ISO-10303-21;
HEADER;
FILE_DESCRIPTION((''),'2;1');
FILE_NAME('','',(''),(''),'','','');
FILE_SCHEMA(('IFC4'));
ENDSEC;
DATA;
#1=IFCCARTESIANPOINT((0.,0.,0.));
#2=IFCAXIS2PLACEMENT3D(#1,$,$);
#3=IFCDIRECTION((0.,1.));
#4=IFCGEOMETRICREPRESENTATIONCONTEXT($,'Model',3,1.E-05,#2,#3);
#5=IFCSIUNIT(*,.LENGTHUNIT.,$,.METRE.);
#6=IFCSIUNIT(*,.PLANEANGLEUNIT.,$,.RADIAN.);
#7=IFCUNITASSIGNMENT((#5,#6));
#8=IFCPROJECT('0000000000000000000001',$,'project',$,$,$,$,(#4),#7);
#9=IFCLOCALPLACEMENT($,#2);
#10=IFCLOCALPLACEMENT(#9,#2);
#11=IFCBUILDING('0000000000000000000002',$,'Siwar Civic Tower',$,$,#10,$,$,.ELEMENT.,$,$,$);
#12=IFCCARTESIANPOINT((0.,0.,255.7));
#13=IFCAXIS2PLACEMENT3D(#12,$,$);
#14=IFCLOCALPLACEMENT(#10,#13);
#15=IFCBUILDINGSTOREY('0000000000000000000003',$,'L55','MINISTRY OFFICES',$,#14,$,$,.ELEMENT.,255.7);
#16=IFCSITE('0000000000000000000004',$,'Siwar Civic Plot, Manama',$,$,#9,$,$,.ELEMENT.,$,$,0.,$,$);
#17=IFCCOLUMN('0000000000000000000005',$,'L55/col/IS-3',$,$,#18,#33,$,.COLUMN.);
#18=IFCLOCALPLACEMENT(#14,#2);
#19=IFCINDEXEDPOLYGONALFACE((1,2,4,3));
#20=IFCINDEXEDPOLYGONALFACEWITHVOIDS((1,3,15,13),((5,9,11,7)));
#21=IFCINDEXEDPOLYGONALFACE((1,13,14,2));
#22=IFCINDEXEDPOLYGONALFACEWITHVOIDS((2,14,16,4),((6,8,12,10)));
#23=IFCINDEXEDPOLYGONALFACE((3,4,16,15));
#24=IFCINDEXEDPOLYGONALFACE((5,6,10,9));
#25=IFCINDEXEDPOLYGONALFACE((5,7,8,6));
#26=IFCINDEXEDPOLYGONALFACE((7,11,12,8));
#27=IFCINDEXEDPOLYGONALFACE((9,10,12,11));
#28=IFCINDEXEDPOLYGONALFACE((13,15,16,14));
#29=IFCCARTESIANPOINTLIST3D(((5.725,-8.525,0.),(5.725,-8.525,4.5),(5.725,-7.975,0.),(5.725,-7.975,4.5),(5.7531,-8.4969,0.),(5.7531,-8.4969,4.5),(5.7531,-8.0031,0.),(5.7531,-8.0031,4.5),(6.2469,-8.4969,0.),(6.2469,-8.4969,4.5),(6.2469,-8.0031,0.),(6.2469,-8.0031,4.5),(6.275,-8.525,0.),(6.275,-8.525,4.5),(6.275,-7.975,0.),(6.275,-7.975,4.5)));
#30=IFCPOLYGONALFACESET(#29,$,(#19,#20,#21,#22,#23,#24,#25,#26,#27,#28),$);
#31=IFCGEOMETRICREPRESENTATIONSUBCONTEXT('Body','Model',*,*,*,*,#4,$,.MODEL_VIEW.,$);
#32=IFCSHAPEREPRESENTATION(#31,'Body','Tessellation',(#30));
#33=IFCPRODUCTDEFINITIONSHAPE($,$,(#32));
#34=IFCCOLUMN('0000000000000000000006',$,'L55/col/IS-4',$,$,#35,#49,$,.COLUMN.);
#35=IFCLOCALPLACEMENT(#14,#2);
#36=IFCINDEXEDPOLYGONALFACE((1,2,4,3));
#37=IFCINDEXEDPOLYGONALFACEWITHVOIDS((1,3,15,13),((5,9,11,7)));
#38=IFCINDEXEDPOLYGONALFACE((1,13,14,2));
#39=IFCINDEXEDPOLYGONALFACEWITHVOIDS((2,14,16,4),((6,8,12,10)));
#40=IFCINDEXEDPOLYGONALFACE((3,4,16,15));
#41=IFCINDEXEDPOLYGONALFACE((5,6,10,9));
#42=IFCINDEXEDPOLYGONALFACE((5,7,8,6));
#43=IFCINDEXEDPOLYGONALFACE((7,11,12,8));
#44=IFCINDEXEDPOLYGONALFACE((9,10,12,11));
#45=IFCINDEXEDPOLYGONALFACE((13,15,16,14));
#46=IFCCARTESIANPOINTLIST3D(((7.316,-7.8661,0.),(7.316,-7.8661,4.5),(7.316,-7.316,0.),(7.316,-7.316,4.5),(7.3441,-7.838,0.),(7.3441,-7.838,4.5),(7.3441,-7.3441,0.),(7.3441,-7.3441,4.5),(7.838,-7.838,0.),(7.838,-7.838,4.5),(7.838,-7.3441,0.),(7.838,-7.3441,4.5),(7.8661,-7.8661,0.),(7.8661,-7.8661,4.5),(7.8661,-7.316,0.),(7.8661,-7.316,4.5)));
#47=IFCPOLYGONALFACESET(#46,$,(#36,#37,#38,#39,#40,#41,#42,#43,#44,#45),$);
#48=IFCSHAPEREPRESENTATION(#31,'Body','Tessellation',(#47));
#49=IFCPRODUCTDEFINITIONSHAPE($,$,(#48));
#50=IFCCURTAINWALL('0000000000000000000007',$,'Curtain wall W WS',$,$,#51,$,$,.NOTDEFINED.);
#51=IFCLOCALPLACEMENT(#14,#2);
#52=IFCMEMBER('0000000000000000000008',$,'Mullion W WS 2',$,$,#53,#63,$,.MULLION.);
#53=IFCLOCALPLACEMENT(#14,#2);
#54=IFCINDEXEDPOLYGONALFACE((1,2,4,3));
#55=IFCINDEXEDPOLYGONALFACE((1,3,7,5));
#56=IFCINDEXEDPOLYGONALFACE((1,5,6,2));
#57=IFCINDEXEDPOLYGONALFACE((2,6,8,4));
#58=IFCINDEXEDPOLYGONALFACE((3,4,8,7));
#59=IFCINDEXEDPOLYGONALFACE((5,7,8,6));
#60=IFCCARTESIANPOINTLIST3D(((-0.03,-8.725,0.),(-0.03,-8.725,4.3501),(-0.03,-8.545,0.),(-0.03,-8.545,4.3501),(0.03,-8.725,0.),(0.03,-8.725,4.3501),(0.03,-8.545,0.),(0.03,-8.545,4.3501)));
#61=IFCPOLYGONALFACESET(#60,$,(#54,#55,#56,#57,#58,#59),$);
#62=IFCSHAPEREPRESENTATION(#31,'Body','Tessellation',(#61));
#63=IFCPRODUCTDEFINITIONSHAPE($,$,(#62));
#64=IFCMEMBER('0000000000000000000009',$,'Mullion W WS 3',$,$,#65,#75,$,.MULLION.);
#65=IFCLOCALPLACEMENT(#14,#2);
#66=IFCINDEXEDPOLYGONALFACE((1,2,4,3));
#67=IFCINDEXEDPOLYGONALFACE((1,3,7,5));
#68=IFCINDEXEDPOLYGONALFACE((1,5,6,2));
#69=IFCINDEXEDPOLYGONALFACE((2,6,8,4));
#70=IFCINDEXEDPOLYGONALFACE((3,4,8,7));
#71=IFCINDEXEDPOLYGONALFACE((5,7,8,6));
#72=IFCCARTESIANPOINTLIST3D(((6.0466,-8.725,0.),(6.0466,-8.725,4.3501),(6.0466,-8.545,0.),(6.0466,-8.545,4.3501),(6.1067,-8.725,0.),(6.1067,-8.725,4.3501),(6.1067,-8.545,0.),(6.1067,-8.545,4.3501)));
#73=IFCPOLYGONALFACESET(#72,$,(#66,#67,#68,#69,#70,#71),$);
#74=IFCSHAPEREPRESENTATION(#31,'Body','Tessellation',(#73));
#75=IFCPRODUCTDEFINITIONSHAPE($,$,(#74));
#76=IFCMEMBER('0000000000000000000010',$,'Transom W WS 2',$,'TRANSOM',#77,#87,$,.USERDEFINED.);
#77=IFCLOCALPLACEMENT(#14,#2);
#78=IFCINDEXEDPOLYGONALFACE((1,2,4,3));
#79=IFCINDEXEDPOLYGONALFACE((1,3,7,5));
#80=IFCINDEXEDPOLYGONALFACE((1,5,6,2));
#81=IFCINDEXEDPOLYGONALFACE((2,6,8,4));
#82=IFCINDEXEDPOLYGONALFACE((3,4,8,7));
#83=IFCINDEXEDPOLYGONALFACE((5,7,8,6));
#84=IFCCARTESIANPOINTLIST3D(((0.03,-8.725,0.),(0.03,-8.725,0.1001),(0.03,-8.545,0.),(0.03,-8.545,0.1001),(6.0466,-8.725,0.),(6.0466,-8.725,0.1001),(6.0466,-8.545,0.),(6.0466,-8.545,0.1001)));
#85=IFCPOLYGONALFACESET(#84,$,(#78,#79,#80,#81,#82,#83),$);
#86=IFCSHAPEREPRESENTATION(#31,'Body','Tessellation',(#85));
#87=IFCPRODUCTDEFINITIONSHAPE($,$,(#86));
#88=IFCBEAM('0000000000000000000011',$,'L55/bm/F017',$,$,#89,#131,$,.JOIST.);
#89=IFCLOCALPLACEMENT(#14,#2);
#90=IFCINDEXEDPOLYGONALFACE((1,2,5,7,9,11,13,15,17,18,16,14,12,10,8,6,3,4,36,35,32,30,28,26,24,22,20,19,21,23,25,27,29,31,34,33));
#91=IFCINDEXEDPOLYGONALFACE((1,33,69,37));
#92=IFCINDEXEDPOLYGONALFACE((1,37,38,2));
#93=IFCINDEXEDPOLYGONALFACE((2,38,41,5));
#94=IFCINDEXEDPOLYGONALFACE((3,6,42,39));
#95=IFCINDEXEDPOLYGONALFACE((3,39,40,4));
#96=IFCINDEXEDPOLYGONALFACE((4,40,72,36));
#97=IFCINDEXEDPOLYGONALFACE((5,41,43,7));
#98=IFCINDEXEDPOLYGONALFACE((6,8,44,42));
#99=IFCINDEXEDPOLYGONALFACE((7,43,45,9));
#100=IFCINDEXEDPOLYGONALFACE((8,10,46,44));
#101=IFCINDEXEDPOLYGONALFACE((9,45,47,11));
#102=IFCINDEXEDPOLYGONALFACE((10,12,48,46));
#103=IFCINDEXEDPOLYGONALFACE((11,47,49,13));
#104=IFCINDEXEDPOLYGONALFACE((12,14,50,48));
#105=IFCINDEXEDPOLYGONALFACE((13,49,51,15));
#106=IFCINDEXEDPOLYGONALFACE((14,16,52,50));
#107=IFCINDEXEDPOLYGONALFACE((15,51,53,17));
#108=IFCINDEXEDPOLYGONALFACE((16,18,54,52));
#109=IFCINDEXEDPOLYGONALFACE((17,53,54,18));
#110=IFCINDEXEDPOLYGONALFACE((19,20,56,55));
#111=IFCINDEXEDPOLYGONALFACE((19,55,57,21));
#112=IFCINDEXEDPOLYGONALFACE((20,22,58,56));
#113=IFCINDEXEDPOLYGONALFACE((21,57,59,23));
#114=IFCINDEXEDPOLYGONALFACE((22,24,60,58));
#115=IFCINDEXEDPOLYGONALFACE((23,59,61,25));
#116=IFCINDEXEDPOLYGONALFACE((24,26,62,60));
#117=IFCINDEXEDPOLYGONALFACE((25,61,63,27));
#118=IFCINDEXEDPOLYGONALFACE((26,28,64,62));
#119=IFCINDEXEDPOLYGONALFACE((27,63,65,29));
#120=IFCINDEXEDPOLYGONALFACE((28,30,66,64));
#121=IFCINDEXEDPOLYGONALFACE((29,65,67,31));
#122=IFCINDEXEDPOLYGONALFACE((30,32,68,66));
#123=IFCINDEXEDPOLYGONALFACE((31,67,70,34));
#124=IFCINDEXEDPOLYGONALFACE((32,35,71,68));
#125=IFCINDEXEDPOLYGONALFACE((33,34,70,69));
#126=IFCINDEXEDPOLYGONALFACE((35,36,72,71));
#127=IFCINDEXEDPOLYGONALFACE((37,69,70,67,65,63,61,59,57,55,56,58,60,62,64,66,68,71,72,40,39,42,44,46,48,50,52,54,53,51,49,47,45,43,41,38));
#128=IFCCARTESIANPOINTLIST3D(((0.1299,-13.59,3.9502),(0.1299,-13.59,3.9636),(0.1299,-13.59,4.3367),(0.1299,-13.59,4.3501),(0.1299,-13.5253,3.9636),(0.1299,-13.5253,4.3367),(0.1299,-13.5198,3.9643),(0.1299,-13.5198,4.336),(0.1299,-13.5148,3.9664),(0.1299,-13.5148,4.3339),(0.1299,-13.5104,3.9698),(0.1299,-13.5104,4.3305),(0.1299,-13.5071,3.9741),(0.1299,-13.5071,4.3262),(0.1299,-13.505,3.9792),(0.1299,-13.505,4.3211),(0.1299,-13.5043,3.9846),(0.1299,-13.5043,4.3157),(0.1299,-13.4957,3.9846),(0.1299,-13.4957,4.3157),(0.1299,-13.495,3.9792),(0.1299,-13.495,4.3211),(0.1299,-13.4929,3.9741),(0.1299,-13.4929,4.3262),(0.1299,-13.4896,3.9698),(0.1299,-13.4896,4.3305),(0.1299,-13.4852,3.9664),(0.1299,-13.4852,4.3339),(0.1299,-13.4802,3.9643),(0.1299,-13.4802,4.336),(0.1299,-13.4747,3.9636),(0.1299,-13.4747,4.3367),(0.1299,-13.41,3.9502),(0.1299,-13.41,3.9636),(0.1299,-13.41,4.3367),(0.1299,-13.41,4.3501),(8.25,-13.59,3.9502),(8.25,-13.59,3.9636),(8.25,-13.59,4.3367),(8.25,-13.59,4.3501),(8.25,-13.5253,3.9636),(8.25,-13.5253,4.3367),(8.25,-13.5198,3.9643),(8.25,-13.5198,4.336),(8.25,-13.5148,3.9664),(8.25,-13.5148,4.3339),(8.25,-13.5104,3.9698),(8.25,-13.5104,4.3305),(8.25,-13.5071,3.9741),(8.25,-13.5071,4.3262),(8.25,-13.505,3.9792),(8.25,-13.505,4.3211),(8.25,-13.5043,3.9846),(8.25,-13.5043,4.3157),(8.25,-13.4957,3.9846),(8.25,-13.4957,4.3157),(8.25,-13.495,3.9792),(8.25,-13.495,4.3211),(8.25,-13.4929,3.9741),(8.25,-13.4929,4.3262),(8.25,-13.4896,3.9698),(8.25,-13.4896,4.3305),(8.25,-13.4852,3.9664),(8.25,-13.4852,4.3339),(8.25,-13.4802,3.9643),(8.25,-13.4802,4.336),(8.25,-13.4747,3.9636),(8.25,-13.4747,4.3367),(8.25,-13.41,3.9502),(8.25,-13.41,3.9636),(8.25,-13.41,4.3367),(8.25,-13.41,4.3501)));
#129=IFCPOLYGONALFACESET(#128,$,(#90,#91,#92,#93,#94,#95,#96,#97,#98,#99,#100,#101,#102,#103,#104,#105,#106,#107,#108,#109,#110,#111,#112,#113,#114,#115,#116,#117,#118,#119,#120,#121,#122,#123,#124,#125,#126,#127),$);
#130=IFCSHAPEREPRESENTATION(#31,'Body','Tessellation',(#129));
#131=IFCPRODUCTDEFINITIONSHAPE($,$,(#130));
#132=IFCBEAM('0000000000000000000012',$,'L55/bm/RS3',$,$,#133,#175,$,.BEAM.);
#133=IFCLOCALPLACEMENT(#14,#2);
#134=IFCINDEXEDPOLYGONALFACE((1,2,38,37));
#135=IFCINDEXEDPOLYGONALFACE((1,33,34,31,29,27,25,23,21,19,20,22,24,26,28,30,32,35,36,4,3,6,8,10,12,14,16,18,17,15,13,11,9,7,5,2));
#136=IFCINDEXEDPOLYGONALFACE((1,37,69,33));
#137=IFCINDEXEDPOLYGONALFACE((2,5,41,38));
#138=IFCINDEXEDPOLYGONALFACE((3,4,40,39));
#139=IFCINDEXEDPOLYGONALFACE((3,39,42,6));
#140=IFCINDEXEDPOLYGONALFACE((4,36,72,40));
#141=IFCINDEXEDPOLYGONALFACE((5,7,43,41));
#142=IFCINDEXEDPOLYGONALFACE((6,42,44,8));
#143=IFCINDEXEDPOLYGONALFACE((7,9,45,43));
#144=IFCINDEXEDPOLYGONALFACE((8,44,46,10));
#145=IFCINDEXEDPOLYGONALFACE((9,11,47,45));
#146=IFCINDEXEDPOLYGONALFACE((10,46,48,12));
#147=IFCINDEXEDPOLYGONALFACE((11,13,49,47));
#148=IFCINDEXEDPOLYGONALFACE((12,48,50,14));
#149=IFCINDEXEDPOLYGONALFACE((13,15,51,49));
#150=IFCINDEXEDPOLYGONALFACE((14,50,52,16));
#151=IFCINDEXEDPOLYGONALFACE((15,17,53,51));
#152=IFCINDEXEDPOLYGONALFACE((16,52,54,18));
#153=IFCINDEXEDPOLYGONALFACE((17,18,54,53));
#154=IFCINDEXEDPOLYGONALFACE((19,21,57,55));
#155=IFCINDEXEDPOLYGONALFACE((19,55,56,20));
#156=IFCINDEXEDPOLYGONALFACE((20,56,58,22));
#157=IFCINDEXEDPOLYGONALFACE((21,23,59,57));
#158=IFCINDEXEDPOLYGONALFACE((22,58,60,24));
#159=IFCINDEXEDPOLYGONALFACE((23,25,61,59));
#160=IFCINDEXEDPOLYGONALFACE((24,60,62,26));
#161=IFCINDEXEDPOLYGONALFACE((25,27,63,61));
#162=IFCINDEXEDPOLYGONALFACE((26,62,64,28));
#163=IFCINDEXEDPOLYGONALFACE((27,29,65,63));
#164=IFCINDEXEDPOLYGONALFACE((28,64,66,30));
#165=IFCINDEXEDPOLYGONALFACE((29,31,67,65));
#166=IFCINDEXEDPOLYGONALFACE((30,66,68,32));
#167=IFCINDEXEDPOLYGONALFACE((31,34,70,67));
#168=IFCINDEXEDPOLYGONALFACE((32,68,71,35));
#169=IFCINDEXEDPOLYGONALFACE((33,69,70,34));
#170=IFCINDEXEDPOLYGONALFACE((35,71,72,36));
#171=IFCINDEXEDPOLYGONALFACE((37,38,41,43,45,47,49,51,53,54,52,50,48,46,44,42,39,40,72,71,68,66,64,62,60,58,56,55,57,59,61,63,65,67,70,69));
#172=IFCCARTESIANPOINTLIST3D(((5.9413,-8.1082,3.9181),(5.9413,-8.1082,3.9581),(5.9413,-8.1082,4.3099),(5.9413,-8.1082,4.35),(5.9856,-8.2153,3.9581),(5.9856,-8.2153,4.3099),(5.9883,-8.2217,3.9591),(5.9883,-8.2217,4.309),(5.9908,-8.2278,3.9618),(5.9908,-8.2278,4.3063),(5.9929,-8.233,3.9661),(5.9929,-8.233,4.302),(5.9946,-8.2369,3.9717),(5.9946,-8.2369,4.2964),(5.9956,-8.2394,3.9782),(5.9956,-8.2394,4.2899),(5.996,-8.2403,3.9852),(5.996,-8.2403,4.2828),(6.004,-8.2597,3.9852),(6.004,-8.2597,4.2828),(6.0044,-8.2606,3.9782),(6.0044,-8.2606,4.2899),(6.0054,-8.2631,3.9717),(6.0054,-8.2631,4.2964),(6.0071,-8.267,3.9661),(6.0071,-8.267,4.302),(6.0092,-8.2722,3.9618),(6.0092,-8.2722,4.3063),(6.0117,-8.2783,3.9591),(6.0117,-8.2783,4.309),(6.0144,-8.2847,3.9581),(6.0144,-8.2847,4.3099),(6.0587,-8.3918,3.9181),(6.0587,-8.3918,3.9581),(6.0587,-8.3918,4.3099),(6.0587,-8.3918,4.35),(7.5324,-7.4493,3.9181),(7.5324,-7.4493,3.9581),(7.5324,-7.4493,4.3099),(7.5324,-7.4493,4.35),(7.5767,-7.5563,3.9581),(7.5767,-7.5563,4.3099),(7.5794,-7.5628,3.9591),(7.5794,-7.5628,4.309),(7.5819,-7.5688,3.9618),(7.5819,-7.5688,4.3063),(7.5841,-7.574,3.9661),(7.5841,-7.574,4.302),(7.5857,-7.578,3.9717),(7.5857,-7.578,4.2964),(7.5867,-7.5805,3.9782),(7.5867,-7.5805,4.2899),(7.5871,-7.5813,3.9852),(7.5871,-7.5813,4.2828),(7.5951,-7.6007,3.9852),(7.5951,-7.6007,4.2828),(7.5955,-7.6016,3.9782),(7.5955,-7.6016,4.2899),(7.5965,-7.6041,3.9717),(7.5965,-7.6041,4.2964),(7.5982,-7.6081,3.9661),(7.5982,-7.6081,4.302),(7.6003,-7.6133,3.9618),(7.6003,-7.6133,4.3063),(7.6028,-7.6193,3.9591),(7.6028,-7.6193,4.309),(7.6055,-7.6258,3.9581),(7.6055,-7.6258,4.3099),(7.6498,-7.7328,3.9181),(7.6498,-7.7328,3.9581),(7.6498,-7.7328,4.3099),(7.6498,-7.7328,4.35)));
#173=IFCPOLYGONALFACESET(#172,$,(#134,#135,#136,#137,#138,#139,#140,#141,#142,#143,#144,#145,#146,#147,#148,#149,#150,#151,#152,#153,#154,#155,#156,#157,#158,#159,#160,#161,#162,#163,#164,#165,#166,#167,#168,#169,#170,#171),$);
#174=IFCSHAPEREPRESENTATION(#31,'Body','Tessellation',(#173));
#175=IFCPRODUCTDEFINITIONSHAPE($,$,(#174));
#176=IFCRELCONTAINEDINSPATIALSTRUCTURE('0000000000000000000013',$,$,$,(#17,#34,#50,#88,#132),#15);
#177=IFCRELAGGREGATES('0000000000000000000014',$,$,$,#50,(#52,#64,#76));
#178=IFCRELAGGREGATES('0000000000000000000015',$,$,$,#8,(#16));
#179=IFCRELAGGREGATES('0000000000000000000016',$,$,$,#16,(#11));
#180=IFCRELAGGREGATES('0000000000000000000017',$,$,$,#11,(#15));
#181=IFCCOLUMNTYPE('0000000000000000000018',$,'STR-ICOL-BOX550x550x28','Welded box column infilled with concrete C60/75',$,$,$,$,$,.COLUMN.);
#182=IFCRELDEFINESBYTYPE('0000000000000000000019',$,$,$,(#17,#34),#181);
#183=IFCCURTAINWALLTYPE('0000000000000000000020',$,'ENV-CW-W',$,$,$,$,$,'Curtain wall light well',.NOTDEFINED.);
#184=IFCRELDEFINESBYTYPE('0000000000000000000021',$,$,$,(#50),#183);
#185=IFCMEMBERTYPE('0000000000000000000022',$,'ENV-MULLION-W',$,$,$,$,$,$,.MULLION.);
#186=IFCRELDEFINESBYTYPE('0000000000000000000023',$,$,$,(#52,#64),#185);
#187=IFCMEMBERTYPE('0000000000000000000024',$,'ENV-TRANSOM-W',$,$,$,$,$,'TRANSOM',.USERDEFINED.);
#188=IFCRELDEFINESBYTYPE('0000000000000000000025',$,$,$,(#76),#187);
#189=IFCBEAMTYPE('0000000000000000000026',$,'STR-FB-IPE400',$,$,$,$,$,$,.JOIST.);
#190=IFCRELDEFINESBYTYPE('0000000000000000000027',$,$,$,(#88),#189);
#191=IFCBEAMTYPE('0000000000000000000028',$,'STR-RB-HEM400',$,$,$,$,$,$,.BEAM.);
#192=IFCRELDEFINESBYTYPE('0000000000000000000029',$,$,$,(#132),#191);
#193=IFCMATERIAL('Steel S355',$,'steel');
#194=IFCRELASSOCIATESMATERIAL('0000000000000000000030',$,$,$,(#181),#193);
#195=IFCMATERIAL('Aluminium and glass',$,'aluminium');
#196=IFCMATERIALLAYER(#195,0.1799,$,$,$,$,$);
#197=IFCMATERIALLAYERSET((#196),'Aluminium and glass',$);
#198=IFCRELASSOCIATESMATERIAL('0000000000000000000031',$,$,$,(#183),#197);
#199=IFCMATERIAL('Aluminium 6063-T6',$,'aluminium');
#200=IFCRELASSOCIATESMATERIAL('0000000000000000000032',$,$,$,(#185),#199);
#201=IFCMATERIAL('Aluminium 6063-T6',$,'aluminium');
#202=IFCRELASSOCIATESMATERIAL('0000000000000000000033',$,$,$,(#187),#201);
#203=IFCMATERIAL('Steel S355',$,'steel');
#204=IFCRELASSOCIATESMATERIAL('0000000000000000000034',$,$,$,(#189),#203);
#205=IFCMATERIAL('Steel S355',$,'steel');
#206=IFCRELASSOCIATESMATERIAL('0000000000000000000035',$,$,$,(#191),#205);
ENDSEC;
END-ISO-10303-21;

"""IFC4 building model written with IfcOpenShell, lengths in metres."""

from ifc_helpers import new_model, si_unit, direction, frame, origin, origin_2d, place, context, subcontext, project, spatial, rectangle, hollow_rectangle, i_section, extrude, material, layer, layer_set, material_profile, profile_set, type_object, element, aggregate, save


model = new_model("IFC4")

# Units and contexts
model_context = context("Model", 3, precision=1e-05, world=origin(), true_north=direction((0.0, 1.0)))
body_context = subcontext(model_context, "Body", "Model", "MODEL_VIEW")
ifc_project = project(units=[si_unit("LENGTHUNIT", "METRE"), si_unit("PLANEANGLEUNIT", "RADIAN")], contexts=[model_context])

# Site, building, storey
site_placement = place(None, origin())
site = spatial("IfcSite", under=ifc_project, at=site_placement, Name="Siwar Civic Plot, Manama", CompositionType="ELEMENT", RefElevation=0.0)
building_placement = place(site_placement, origin())
building = spatial("IfcBuilding", under=site, at=building_placement, Name="Siwar Civic Tower", CompositionType="ELEMENT")
storey_placement = place(building_placement, frame((0.0, 0.0, 255.7)))
storey = spatial("IfcBuildingStorey", under=building, at=storey_placement, Name="L55", Description="MINISTRY OFFICES", CompositionType="ELEMENT", Elevation=255.7)

# Columns
ifc_material_1 = material(Name="Steel S355", Category="steel")
ifc_material_profile_1 = material_profile(ifc_material_1, hollow_rectangle(XDim=0.55, YDim=0.55, WallThickness=0.0281, at=origin_2d()), Name="BOX550x550x28")
ifc_profile_set_1 = profile_set([ifc_material_profile_1], Name="Steel S355")
column_type = type_object("IfcColumnType", Name="STR-ICOL-BOX550x550x28", Description="Welded box column infilled with concrete C60/75", PredefinedType="COLUMN", material=ifc_profile_set_1)
for number, where, z_axis, x_axis, name in (
    (1, (6.0, -8.25, 0.0), (0.0, 0.0, 1.0), (1.0, 0.0, 0.0), "L55/col/IS-3"),
    (2, (7.5911, -7.5911, 0.0), (0.0, 0.0, 1.0), (1.0, 0.0, 0.0), "L55/col/IS-4"),
):
    element("IfcColumn", number, at=place(storey_placement, frame(where, z_axis=z_axis, x_axis=x_axis)), inside=storey, type_object=column_type, Name=name, PredefinedType="COLUMN", context=body_context, shape_type="SweptSolid", body=[
        extrude(hollow_rectangle(XDim=0.55, YDim=0.55, WallThickness=0.0281, at=origin_2d()), origin(), (0.0, 0.0, 1.0), 4.5),
    ])

# Curtain wall, members
ifc_material_2 = material(Name="Aluminium and glass", Category="aluminium")
ifc_layer_1 = layer(ifc_material_2, 0.1799)
ifc_layer_set_1 = layer_set([ifc_layer_1], Name="Aluminium and glass")
curtain_wall_type = type_object("IfcCurtainWallType", Name="ENV-CW-W", ElementType="Curtain wall light well", PredefinedType="NOTDEFINED", material=ifc_layer_set_1)
curtain_wall_placement = place(storey_placement, origin())
curtain_wall = element("IfcCurtainWall", 3, at=curtain_wall_placement, inside=storey, type_object=curtain_wall_type, Name="Curtain wall W WS", PredefinedType="NOTDEFINED")
ifc_material_3 = material(Name="Aluminium 6063-T6", Category="aluminium")
ifc_material_profile_2 = material_profile(ifc_material_3, rectangle(XDim=0.1799, YDim=0.0601, at=origin_2d()), Name="AL 180x60")
ifc_profile_set_2 = profile_set([ifc_material_profile_2], Name="Aluminium 6063-T6")
member_type_1 = type_object("IfcMemberType", Name="ENV-MULLION-W", PredefinedType="MULLION", material=ifc_profile_set_2)
member_1_placement = place(storey_placement, frame((0.0, -8.635, 0.0), z_axis=(0.0, 0.0, 1.0), x_axis=(0.0, 1.0, 0.0)))
member_1 = element("IfcMember", 4, at=member_1_placement, type_object=member_type_1, Name="Mullion W WS 2", PredefinedType="MULLION", context=body_context, shape_type="SweptSolid", body=[
    extrude(rectangle(XDim=0.1799, YDim=0.0601, at=origin_2d()), origin(), (0.0, 0.0, 1.0), 4.3501),
])
member_2_placement = place(storey_placement, frame((6.0767, -8.635, 0.0), z_axis=(0.0, 0.0, 1.0), x_axis=(0.0, 1.0, 0.0)))
member_2 = element("IfcMember", 5, at=member_2_placement, type_object=member_type_1, Name="Mullion W WS 3", PredefinedType="MULLION", context=body_context, shape_type="SweptSolid", body=[
    extrude(rectangle(XDim=0.1799, YDim=0.0601, at=origin_2d()), origin(), (0.0, 0.0, 1.0), 4.3501),
])
ifc_material_4 = material(Name="Aluminium 6063-T6", Category="aluminium")
ifc_material_profile_3 = material_profile(ifc_material_4, rectangle(XDim=0.1799, YDim=0.1001, at=origin_2d()), Name="AL 180x100")
ifc_profile_set_3 = profile_set([ifc_material_profile_3], Name="Aluminium 6063-T6")
member_type_2 = type_object("IfcMemberType", Name="ENV-TRANSOM-W", ElementType="TRANSOM", PredefinedType="USERDEFINED", material=ifc_profile_set_3)
member_3_placement = place(storey_placement, frame((0.03, -8.635, 0.05), z_axis=(1.0, 0.0, 0.0), x_axis=(0.0, 1.0, 0.0)))
member_3 = element("IfcMember", 6, at=member_3_placement, type_object=member_type_2, Name="Transom W WS 2", ObjectType="TRANSOM", PredefinedType="USERDEFINED", context=body_context, shape_type="SweptSolid", body=[
    extrude(rectangle(XDim=0.1799, YDim=0.1001, at=origin_2d()), origin(), (0.0, 0.0, 1.0), 6.0166),
])

# Beams
ifc_material_5 = material(Name="Steel S355", Category="steel")
ifc_material_profile_4 = material_profile(ifc_material_5, i_section(OverallWidth=0.1799, OverallDepth=0.3999, WebThickness=0.0085, FlangeThickness=0.0134, FilletRadius=0.021, at=origin_2d()), Name="IPE400")
ifc_profile_set_4 = profile_set([ifc_material_profile_4], Name="Steel S355")
beam_type_1 = type_object("IfcBeamType", Name="STR-FB-IPE400", PredefinedType="JOIST", material=ifc_profile_set_4)
beam_placement = place(storey_placement, frame((0.1299, -13.5, 4.1501), z_axis=(1.0, 0.0, 0.0), x_axis=(0.0, 1.0, 0.0)))
element("IfcBeam", 7, at=beam_placement, inside=storey, type_object=beam_type_1, Name="L55/bm/F017", PredefinedType="JOIST", context=body_context, shape_type="SweptSolid", body=[
    extrude(i_section(OverallWidth=0.1799, OverallDepth=0.3999, WebThickness=0.0085, FlangeThickness=0.0134, FilletRadius=0.021, at=origin_2d()), origin(), (0.0, 0.0, 1.0), 8.1201),
])
ifc_material_6 = material(Name="Steel S355", Category="steel")
ifc_material_profile_5 = material_profile(ifc_material_6, i_section(OverallWidth=0.3069, OverallDepth=0.4319, WebThickness=0.021, FlangeThickness=0.04, FilletRadius=0.0271, at=origin_2d()), Name="HEM400")
ifc_profile_set_5 = profile_set([ifc_material_profile_5], Name="Steel S355")
beam_type_2 = type_object("IfcBeamType", Name="STR-RB-HEM400", PredefinedType="BEAM", material=ifc_profile_set_5)
for number, where, z_axis, x_axis, name in (
    (8, (6.0, -8.25, 4.134), (0.923901, 0.382631, 0.0), (-0.382631, 0.923901, 0.0), "L55/bm/RS3"),
):
    element("IfcBeam", number, at=place(storey_placement, frame(where, z_axis=z_axis, x_axis=x_axis)), inside=storey, type_object=beam_type_2, Name=name, PredefinedType="BEAM", context=body_context, shape_type="SweptSolid", body=[
        extrude(i_section(OverallWidth=0.3069, OverallDepth=0.4319, WebThickness=0.021, FlangeThickness=0.04, FilletRadius=0.0271, at=origin_2d()), origin(), (0.0, 0.0, 1.0), 1.7222),
    ])

aggregate(curtain_wall, [member_1, member_2, member_3])

save(model, "model.ifc")
